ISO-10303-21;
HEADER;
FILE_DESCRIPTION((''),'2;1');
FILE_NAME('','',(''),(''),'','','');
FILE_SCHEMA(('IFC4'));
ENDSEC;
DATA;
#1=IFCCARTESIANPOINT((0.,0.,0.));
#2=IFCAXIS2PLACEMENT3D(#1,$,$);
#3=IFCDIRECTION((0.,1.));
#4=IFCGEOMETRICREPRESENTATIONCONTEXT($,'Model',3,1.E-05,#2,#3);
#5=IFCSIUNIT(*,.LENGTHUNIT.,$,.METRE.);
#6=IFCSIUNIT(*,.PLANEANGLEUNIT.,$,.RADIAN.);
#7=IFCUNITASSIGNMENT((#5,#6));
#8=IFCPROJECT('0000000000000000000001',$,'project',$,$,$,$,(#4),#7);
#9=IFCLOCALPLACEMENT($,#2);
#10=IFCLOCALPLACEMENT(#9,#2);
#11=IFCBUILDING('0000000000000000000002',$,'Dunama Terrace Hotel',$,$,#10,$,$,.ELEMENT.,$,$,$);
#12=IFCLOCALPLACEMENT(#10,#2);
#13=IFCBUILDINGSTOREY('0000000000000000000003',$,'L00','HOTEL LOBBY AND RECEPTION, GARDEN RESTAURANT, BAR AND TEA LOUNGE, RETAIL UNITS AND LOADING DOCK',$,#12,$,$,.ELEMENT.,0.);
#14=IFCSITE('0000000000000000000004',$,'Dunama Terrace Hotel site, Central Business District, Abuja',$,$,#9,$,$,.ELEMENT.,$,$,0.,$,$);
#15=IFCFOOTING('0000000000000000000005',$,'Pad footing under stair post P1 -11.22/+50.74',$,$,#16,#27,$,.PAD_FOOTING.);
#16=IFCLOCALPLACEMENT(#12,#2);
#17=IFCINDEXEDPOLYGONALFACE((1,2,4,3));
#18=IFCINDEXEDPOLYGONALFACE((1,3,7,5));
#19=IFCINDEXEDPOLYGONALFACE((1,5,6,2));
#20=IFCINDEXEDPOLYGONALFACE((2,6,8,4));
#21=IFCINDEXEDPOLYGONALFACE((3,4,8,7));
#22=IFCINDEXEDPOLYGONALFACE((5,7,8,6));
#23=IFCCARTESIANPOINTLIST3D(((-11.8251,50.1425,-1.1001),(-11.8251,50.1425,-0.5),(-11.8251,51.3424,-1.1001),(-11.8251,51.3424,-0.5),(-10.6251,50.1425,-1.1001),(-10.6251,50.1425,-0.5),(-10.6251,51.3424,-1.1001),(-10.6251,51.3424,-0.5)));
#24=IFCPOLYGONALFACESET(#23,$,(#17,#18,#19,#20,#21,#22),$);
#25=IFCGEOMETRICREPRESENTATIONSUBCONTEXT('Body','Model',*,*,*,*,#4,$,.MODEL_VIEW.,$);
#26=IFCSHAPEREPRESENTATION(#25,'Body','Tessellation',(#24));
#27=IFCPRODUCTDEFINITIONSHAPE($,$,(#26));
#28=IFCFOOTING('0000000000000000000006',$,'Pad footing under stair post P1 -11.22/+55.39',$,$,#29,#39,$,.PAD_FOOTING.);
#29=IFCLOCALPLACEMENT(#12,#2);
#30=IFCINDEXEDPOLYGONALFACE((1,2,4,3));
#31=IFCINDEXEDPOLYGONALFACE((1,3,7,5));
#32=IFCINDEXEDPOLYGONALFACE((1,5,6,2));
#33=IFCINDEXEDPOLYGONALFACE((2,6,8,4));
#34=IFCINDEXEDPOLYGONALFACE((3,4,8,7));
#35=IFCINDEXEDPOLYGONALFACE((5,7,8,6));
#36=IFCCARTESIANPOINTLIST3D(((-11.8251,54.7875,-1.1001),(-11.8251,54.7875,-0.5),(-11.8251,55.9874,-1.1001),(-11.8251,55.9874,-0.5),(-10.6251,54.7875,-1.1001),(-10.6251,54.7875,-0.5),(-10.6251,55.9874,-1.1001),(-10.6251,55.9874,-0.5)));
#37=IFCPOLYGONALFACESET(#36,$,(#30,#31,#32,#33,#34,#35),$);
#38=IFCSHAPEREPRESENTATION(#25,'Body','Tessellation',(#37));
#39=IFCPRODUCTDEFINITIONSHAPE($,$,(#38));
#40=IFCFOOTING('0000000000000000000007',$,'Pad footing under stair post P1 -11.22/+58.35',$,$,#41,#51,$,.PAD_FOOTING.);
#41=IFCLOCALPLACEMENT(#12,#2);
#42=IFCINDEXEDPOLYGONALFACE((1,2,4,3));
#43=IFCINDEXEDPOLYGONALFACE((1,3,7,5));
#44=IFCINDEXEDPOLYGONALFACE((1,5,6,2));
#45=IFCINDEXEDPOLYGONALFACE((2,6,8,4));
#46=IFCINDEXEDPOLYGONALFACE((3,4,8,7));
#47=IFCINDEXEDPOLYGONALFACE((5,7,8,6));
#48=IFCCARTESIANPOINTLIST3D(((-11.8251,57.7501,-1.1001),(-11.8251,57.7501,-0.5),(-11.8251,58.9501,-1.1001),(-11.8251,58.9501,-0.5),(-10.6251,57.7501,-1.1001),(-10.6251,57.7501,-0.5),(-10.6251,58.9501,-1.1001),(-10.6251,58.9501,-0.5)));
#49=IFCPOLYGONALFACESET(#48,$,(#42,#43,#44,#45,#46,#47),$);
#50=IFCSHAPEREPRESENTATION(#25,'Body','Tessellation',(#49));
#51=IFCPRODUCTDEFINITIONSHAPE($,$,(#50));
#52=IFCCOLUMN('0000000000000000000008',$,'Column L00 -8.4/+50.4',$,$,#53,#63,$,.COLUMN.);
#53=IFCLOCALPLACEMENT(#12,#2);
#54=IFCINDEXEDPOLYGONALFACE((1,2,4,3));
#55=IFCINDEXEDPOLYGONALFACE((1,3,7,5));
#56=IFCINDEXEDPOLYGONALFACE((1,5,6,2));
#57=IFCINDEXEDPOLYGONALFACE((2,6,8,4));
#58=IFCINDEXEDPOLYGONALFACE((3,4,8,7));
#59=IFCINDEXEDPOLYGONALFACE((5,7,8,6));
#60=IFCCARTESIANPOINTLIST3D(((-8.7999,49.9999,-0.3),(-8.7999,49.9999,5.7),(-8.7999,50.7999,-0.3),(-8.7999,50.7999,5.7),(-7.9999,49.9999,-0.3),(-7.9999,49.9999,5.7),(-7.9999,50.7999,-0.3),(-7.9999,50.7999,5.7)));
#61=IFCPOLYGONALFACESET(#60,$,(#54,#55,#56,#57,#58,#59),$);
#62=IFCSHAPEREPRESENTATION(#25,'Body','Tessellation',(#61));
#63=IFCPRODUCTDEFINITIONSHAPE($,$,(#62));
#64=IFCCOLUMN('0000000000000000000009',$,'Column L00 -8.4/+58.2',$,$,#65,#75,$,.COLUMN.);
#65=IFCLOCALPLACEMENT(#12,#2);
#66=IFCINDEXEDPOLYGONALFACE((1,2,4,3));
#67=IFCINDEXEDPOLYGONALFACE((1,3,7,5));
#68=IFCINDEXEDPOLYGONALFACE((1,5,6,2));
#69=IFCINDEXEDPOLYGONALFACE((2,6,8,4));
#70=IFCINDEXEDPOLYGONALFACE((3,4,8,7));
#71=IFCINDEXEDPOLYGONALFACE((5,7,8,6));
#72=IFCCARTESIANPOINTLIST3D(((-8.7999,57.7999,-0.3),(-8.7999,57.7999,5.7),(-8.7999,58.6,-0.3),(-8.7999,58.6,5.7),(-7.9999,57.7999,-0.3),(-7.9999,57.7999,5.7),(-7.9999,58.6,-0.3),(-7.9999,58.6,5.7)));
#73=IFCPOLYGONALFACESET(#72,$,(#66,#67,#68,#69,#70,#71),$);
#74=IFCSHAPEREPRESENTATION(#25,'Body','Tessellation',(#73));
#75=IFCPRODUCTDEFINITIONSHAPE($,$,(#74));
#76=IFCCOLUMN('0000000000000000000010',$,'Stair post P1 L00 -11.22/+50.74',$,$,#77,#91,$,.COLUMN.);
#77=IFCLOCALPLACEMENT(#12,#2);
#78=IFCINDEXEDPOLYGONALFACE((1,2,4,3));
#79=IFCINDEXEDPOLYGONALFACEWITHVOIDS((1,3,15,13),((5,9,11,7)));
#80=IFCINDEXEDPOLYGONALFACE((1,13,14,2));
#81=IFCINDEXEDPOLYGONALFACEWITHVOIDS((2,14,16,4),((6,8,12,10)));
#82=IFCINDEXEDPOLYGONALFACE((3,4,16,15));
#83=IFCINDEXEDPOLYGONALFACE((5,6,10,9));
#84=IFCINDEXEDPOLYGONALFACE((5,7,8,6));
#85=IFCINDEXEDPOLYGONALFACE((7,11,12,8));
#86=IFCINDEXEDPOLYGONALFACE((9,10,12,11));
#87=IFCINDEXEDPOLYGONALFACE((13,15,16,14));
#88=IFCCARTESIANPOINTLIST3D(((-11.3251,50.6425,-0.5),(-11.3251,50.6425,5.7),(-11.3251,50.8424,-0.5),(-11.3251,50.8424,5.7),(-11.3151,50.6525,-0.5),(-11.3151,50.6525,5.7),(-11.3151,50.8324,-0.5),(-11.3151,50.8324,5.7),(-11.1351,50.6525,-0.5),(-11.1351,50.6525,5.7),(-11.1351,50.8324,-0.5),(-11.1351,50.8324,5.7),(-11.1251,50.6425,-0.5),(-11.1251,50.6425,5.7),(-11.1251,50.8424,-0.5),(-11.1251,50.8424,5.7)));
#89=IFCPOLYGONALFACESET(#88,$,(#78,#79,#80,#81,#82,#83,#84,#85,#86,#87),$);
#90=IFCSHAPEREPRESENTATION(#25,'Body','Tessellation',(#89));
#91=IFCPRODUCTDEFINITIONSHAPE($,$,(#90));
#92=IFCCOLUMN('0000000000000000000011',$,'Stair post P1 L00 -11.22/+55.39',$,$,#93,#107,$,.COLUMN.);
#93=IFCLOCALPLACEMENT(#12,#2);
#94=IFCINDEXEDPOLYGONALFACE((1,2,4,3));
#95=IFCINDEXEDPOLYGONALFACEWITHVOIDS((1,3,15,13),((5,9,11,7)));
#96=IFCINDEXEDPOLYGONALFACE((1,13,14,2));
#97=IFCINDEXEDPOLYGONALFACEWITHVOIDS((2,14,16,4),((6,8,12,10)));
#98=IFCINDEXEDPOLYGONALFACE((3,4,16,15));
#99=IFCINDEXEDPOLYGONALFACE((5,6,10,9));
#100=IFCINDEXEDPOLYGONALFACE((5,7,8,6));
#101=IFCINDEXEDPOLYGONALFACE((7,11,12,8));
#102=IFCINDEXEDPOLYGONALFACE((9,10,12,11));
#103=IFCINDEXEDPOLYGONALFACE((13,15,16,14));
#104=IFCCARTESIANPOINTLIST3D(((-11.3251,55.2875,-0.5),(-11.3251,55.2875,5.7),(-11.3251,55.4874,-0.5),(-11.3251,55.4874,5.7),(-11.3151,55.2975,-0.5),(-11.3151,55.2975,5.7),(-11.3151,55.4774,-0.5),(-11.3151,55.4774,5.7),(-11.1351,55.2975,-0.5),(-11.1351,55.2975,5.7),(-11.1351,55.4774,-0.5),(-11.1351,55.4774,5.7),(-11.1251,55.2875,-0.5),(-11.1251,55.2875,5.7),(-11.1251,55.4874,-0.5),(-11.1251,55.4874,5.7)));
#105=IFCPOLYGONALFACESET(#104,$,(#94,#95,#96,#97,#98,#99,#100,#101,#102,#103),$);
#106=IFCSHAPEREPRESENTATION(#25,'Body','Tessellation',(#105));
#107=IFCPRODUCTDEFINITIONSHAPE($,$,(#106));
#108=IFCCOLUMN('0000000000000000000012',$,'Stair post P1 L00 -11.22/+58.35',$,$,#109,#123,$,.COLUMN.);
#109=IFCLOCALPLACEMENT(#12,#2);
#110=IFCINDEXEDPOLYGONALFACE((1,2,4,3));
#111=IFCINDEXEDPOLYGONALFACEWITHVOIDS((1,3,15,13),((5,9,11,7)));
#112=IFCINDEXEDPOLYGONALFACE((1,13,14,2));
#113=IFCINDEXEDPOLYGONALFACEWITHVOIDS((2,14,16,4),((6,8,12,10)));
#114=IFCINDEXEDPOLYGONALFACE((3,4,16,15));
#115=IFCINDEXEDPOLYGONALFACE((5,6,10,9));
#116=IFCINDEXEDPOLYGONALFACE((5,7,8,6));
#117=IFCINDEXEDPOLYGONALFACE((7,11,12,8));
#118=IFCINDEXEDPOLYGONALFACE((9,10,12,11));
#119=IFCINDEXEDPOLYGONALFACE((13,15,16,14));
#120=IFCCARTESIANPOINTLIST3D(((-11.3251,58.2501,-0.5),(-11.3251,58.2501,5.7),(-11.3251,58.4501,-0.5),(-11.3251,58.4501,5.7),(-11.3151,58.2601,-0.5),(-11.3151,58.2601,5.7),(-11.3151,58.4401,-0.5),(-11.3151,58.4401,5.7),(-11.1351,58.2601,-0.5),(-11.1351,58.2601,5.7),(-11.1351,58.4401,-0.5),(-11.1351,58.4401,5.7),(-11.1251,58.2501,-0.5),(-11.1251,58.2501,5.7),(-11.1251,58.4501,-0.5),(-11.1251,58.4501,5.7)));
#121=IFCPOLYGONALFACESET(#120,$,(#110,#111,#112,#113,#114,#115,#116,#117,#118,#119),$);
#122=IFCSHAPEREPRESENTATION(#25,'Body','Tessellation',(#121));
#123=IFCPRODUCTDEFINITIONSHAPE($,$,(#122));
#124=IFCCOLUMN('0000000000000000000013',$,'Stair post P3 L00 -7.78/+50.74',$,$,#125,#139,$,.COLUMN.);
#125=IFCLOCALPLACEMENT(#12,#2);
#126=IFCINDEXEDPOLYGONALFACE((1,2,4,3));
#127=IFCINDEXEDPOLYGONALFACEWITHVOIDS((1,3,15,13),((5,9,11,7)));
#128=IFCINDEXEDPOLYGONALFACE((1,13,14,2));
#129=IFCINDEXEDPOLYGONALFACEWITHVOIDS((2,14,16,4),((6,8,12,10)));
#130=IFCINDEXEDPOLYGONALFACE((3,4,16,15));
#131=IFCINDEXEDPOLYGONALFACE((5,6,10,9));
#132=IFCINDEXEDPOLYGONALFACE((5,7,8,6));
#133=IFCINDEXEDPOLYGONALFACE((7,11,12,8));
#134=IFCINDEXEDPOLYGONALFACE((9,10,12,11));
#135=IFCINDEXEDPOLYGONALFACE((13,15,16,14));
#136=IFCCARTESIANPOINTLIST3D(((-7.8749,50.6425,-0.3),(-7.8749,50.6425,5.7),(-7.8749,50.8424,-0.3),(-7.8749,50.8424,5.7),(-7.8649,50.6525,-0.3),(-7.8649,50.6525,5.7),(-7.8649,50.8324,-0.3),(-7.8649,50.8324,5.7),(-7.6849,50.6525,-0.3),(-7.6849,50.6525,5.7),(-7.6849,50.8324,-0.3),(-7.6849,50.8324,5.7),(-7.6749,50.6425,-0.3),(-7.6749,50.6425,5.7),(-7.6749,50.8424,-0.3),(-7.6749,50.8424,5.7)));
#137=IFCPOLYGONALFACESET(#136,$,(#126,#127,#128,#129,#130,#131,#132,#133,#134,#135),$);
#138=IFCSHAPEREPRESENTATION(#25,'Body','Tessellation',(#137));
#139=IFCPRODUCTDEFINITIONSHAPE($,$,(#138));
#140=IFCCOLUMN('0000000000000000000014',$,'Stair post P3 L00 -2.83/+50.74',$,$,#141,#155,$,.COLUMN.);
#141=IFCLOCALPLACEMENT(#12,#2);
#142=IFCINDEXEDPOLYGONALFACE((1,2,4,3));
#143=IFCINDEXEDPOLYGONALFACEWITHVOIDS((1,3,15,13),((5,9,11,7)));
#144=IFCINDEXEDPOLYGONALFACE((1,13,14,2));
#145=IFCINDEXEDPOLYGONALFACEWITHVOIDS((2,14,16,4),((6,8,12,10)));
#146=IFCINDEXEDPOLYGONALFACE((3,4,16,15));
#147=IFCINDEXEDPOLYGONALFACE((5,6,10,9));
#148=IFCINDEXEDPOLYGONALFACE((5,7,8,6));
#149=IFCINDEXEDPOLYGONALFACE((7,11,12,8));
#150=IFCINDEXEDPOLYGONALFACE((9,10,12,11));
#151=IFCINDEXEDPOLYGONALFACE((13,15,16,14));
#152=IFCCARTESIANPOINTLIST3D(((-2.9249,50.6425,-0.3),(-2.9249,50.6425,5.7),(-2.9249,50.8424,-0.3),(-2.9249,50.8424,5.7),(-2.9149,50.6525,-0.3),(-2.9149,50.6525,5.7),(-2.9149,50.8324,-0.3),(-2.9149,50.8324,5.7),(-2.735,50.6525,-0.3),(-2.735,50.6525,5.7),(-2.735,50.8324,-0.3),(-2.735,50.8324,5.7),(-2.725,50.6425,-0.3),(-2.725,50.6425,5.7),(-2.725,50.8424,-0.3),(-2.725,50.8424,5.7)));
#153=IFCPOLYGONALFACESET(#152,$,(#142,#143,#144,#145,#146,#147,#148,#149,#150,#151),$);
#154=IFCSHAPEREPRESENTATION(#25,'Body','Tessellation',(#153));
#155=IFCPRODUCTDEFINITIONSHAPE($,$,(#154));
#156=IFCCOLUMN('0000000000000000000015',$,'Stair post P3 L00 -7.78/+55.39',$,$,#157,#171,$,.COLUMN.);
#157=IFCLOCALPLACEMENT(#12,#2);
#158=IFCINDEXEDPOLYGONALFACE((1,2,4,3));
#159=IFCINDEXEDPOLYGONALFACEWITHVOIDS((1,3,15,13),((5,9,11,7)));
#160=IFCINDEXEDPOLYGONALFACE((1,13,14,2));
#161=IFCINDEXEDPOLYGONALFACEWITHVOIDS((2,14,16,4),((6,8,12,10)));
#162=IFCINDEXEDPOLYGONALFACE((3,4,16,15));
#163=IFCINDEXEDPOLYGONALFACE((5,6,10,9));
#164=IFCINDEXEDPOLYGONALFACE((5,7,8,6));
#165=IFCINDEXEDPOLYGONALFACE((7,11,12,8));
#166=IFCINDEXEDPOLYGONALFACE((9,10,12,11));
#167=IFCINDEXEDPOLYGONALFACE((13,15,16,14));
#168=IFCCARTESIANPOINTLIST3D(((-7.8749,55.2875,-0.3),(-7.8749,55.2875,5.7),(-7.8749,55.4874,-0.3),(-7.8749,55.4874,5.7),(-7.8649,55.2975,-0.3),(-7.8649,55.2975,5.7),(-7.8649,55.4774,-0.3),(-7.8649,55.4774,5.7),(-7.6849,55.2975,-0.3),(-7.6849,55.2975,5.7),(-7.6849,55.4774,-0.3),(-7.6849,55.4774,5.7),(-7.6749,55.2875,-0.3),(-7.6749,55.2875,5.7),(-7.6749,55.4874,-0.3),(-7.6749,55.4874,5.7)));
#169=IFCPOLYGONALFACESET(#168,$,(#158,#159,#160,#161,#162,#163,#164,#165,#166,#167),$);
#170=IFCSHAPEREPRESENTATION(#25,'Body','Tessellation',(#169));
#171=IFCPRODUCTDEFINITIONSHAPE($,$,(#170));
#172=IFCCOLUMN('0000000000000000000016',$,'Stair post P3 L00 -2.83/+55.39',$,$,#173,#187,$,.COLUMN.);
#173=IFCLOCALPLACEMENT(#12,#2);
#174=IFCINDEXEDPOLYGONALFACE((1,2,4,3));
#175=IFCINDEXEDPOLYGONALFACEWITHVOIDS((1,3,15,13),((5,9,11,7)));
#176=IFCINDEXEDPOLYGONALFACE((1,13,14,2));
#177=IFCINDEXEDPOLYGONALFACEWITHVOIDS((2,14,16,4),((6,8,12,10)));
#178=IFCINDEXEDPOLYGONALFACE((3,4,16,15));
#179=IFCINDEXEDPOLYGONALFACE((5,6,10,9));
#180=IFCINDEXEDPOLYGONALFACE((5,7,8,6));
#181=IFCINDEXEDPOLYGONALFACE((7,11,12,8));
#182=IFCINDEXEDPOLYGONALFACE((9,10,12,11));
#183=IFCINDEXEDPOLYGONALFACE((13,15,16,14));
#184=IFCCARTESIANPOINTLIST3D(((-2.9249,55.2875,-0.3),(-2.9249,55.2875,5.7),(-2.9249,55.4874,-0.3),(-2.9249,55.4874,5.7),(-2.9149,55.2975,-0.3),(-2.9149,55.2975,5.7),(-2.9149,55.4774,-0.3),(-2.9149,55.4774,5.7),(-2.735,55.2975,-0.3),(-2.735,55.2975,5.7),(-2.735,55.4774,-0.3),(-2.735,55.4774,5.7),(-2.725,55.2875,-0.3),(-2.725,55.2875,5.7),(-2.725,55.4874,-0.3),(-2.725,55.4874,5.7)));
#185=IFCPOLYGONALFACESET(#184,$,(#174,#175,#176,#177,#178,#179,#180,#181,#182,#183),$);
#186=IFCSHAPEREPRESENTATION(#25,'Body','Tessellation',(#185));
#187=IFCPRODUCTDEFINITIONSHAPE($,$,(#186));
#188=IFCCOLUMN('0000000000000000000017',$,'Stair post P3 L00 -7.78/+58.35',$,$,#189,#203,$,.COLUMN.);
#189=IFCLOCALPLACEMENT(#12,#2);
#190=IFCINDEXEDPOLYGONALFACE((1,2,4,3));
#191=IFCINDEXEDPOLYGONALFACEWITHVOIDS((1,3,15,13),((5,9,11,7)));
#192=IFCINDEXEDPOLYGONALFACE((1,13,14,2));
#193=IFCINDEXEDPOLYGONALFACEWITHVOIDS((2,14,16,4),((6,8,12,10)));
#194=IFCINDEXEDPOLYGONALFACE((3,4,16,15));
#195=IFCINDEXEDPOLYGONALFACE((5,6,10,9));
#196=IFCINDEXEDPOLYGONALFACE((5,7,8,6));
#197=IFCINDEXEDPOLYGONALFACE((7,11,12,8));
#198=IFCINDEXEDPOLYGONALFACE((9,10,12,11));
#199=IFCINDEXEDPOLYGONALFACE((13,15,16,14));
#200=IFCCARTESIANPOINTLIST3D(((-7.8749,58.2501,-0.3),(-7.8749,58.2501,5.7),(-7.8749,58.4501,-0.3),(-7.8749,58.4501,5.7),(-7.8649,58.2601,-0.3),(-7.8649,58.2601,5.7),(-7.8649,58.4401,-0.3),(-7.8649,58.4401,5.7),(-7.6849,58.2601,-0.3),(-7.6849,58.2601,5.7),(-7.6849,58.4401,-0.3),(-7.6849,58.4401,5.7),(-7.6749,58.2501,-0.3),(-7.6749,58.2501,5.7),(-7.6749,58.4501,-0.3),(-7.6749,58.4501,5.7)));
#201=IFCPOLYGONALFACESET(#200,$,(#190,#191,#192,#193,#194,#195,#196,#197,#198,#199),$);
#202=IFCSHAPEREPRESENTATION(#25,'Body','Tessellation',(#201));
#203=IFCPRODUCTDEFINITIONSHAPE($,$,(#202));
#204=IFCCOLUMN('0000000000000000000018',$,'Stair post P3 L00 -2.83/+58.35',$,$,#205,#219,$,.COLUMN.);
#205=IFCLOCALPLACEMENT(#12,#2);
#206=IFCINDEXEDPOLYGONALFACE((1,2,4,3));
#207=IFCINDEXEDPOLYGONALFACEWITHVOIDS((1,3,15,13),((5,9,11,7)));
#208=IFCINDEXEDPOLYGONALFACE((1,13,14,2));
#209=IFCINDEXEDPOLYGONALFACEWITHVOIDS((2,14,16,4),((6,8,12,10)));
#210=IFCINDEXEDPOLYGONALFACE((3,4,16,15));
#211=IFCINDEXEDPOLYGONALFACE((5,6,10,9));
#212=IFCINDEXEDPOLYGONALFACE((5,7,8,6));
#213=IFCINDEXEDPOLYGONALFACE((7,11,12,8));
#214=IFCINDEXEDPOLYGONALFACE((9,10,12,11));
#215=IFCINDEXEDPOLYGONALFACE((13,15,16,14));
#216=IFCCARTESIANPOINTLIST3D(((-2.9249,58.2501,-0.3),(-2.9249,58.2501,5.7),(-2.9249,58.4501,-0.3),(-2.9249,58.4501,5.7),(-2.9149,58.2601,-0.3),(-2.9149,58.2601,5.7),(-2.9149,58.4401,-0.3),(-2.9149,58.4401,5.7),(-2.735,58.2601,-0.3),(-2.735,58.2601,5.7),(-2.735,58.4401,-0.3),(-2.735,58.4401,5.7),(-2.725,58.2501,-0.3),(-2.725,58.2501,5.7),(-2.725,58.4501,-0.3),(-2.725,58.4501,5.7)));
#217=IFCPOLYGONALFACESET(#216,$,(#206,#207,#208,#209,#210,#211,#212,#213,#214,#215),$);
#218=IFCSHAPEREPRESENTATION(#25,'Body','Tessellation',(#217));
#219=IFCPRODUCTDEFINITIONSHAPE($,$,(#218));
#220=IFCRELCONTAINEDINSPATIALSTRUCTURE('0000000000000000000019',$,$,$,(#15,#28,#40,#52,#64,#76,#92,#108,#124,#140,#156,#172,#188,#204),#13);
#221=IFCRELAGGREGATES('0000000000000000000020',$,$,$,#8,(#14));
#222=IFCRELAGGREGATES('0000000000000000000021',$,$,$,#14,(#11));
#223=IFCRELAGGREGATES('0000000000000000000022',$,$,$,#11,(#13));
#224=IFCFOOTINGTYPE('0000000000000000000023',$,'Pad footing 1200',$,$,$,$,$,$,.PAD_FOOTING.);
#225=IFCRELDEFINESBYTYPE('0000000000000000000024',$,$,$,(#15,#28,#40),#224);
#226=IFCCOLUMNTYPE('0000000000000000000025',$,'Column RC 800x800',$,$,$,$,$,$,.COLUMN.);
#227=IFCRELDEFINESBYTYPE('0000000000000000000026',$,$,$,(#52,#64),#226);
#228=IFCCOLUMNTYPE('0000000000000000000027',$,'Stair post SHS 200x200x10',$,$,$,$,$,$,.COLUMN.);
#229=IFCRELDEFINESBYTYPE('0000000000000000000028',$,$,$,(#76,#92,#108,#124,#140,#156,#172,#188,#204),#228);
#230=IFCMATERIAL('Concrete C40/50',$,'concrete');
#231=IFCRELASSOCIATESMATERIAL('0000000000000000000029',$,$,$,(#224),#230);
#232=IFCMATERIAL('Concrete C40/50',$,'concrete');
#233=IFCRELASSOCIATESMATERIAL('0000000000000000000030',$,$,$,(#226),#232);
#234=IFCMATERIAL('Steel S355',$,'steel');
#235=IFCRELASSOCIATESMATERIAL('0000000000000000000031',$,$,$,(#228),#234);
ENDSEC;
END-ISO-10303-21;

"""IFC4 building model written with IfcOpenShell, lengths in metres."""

from ifc_helpers import new_model, si_unit, direction, frame, origin, origin_2d, place, context, subcontext, project, spatial, rectangle, hollow_rectangle, extrude, material, material_profile, profile_set, type_object, element, save


model = new_model("IFC4")

# Units and contexts
model_context = context("Model", 3, precision=1e-05, world=origin(), true_north=direction((0.0, 1.0)))
body_context = subcontext(model_context, "Body", "Model", "MODEL_VIEW")
ifc_project = project(units=[si_unit("LENGTHUNIT", "METRE"), si_unit("PLANEANGLEUNIT", "RADIAN")], contexts=[model_context])

# Site, building, storey
site_placement = place(None, origin())
site = spatial("IfcSite", under=ifc_project, at=site_placement, Name="Dunama Terrace Hotel site, Central Business District, Abuja", CompositionType="ELEMENT", RefElevation=0.0)
building_placement = place(site_placement, origin())
building = spatial("IfcBuilding", under=site, at=building_placement, Name="Dunama Terrace Hotel", CompositionType="ELEMENT")
storey_placement = place(building_placement, origin())
storey = spatial("IfcBuildingStorey", under=building, at=storey_placement, Name="L00", Description="HOTEL LOBBY AND RECEPTION, GARDEN RESTAURANT, BAR AND TEA LOUNGE, RETAIL UNITS AND LOADING DOCK", CompositionType="ELEMENT", Elevation=0.0)

# Footings
ifc_material_1 = material(Name="Concrete C40/50", Category="concrete")
footing_type = type_object("IfcFootingType", Name="Pad footing 1200", PredefinedType="PAD_FOOTING", material=ifc_material_1)
for number, where, z_axis, x_axis, name in (
    (1, (-11.2251, 50.7424, -1.1001), (0.0, 0.0, 1.0), (1.0, 0.0, 0.0), "Pad footing under stair post P1 -11.22/+50.74"),
    (2, (-11.2251, 55.3875, -1.1001), (0.0, 0.0, 1.0), (1.0, 0.0, 0.0), "Pad footing under stair post P1 -11.22/+55.39"),
    (3, (-11.2251, 58.3501, -1.1001), (0.0, 0.0, 1.0), (1.0, 0.0, 0.0), "Pad footing under stair post P1 -11.22/+58.35"),
):
    element("IfcFooting", number, at=place(storey_placement, frame(where, z_axis=z_axis, x_axis=x_axis)), inside=storey, type_object=footing_type, Name=name, PredefinedType="PAD_FOOTING", context=body_context, shape_type="SweptSolid", body=[
        extrude(rectangle(XDim=1.2, YDim=1.2, at=origin_2d()), origin(), (0.0, 0.0, 1.0), 0.6001),
    ])

# Columns
ifc_material_2 = material(Name="Concrete C40/50", Category="concrete")
ifc_material_profile_1 = material_profile(ifc_material_2, rectangle(XDim=0.8, YDim=0.8, at=origin_2d()), Name="RC 800x800")
ifc_profile_set_1 = profile_set([ifc_material_profile_1], Name="Concrete C40/50")
column_type_1 = type_object("IfcColumnType", Name="Column RC 800x800", PredefinedType="COLUMN", material=ifc_profile_set_1)
for number, where, z_axis, x_axis, name in (
    (4, (-8.3999, 50.3999, -0.3), (0.0, 0.0, 1.0), (1.0, 0.0, 0.0), "Column L00 -8.4/+50.4"),
    (5, (-8.3999, 58.2, -0.3), (0.0, 0.0, 1.0), (1.0, 0.0, 0.0), "Column L00 -8.4/+58.2"),
):
    element("IfcColumn", number, at=place(storey_placement, frame(where, z_axis=z_axis, x_axis=x_axis)), inside=storey, type_object=column_type_1, Name=name, PredefinedType="COLUMN", context=body_context, shape_type="SweptSolid", body=[
        extrude(rectangle(XDim=0.8, YDim=0.8, at=origin_2d()), origin(), (0.0, 0.0, 1.0), 6.0),
    ])
ifc_material_3 = material(Name="Steel S355", Category="steel")
ifc_material_profile_2 = material_profile(ifc_material_3, hollow_rectangle(XDim=0.2, YDim=0.2, WallThickness=0.01, at=origin_2d()), Name="SHS 200x200x10")
ifc_profile_set_2 = profile_set([ifc_material_profile_2], Name="Steel S355")
column_type_2 = type_object("IfcColumnType", Name="Stair post SHS 200x200x10", PredefinedType="COLUMN", material=ifc_profile_set_2)
for number, where, z_axis, x_axis, name in (
    (6, (-11.2251, 50.7424, -0.5), (0.0, 0.0, 1.0), (1.0, 0.0, 0.0), "Stair post P1 L00 -11.22/+50.74"),
    (7, (-11.2251, 55.3875, -0.5), (0.0, 0.0, 1.0), (1.0, 0.0, 0.0), "Stair post P1 L00 -11.22/+55.39"),
    (8, (-11.2251, 58.3501, -0.5), (0.0, 0.0, 1.0), (1.0, 0.0, 0.0), "Stair post P1 L00 -11.22/+58.35"),
):
    element("IfcColumn", number, at=place(storey_placement, frame(where, z_axis=z_axis, x_axis=x_axis)), inside=storey, type_object=column_type_2, Name=name, PredefinedType="COLUMN", context=body_context, shape_type="SweptSolid", body=[
        extrude(hollow_rectangle(XDim=0.2, YDim=0.2, WallThickness=0.01, at=origin_2d()), origin(), (0.0, 0.0, 1.0), 6.2),
    ])
for number, where, z_axis, x_axis, name in (
    (9, (-7.7749, 50.7424, -0.3), (0.0, 0.0, 1.0), (1.0, 0.0, 0.0), "Stair post P3 L00 -7.78/+50.74"),
    (10, (-2.825, 50.7424, -0.3), (0.0, 0.0, 1.0), (1.0, 0.0, 0.0), "Stair post P3 L00 -2.83/+50.74"),
    (11, (-7.7749, 55.3875, -0.3), (0.0, 0.0, 1.0), (1.0, 0.0, 0.0), "Stair post P3 L00 -7.78/+55.39"),
    (12, (-2.825, 55.3875, -0.3), (0.0, 0.0, 1.0), (1.0, 0.0, 0.0), "Stair post P3 L00 -2.83/+55.39"),
    (13, (-7.7749, 58.3501, -0.3), (0.0, 0.0, 1.0), (1.0, 0.0, 0.0), "Stair post P3 L00 -7.78/+58.35"),
    (14, (-2.825, 58.3501, -0.3), (0.0, 0.0, 1.0), (1.0, 0.0, 0.0), "Stair post P3 L00 -2.83/+58.35"),
):
    element("IfcColumn", number, at=place(storey_placement, frame(where, z_axis=z_axis, x_axis=x_axis)), inside=storey, type_object=column_type_2, Name=name, PredefinedType="COLUMN", context=body_context, shape_type="SweptSolid", body=[
        extrude(hollow_rectangle(XDim=0.2, YDim=0.2, WallThickness=0.01, at=origin_2d()), origin(), (0.0, 0.0, 1.0), 6.0),
    ])

save(model, "model.ifc")
